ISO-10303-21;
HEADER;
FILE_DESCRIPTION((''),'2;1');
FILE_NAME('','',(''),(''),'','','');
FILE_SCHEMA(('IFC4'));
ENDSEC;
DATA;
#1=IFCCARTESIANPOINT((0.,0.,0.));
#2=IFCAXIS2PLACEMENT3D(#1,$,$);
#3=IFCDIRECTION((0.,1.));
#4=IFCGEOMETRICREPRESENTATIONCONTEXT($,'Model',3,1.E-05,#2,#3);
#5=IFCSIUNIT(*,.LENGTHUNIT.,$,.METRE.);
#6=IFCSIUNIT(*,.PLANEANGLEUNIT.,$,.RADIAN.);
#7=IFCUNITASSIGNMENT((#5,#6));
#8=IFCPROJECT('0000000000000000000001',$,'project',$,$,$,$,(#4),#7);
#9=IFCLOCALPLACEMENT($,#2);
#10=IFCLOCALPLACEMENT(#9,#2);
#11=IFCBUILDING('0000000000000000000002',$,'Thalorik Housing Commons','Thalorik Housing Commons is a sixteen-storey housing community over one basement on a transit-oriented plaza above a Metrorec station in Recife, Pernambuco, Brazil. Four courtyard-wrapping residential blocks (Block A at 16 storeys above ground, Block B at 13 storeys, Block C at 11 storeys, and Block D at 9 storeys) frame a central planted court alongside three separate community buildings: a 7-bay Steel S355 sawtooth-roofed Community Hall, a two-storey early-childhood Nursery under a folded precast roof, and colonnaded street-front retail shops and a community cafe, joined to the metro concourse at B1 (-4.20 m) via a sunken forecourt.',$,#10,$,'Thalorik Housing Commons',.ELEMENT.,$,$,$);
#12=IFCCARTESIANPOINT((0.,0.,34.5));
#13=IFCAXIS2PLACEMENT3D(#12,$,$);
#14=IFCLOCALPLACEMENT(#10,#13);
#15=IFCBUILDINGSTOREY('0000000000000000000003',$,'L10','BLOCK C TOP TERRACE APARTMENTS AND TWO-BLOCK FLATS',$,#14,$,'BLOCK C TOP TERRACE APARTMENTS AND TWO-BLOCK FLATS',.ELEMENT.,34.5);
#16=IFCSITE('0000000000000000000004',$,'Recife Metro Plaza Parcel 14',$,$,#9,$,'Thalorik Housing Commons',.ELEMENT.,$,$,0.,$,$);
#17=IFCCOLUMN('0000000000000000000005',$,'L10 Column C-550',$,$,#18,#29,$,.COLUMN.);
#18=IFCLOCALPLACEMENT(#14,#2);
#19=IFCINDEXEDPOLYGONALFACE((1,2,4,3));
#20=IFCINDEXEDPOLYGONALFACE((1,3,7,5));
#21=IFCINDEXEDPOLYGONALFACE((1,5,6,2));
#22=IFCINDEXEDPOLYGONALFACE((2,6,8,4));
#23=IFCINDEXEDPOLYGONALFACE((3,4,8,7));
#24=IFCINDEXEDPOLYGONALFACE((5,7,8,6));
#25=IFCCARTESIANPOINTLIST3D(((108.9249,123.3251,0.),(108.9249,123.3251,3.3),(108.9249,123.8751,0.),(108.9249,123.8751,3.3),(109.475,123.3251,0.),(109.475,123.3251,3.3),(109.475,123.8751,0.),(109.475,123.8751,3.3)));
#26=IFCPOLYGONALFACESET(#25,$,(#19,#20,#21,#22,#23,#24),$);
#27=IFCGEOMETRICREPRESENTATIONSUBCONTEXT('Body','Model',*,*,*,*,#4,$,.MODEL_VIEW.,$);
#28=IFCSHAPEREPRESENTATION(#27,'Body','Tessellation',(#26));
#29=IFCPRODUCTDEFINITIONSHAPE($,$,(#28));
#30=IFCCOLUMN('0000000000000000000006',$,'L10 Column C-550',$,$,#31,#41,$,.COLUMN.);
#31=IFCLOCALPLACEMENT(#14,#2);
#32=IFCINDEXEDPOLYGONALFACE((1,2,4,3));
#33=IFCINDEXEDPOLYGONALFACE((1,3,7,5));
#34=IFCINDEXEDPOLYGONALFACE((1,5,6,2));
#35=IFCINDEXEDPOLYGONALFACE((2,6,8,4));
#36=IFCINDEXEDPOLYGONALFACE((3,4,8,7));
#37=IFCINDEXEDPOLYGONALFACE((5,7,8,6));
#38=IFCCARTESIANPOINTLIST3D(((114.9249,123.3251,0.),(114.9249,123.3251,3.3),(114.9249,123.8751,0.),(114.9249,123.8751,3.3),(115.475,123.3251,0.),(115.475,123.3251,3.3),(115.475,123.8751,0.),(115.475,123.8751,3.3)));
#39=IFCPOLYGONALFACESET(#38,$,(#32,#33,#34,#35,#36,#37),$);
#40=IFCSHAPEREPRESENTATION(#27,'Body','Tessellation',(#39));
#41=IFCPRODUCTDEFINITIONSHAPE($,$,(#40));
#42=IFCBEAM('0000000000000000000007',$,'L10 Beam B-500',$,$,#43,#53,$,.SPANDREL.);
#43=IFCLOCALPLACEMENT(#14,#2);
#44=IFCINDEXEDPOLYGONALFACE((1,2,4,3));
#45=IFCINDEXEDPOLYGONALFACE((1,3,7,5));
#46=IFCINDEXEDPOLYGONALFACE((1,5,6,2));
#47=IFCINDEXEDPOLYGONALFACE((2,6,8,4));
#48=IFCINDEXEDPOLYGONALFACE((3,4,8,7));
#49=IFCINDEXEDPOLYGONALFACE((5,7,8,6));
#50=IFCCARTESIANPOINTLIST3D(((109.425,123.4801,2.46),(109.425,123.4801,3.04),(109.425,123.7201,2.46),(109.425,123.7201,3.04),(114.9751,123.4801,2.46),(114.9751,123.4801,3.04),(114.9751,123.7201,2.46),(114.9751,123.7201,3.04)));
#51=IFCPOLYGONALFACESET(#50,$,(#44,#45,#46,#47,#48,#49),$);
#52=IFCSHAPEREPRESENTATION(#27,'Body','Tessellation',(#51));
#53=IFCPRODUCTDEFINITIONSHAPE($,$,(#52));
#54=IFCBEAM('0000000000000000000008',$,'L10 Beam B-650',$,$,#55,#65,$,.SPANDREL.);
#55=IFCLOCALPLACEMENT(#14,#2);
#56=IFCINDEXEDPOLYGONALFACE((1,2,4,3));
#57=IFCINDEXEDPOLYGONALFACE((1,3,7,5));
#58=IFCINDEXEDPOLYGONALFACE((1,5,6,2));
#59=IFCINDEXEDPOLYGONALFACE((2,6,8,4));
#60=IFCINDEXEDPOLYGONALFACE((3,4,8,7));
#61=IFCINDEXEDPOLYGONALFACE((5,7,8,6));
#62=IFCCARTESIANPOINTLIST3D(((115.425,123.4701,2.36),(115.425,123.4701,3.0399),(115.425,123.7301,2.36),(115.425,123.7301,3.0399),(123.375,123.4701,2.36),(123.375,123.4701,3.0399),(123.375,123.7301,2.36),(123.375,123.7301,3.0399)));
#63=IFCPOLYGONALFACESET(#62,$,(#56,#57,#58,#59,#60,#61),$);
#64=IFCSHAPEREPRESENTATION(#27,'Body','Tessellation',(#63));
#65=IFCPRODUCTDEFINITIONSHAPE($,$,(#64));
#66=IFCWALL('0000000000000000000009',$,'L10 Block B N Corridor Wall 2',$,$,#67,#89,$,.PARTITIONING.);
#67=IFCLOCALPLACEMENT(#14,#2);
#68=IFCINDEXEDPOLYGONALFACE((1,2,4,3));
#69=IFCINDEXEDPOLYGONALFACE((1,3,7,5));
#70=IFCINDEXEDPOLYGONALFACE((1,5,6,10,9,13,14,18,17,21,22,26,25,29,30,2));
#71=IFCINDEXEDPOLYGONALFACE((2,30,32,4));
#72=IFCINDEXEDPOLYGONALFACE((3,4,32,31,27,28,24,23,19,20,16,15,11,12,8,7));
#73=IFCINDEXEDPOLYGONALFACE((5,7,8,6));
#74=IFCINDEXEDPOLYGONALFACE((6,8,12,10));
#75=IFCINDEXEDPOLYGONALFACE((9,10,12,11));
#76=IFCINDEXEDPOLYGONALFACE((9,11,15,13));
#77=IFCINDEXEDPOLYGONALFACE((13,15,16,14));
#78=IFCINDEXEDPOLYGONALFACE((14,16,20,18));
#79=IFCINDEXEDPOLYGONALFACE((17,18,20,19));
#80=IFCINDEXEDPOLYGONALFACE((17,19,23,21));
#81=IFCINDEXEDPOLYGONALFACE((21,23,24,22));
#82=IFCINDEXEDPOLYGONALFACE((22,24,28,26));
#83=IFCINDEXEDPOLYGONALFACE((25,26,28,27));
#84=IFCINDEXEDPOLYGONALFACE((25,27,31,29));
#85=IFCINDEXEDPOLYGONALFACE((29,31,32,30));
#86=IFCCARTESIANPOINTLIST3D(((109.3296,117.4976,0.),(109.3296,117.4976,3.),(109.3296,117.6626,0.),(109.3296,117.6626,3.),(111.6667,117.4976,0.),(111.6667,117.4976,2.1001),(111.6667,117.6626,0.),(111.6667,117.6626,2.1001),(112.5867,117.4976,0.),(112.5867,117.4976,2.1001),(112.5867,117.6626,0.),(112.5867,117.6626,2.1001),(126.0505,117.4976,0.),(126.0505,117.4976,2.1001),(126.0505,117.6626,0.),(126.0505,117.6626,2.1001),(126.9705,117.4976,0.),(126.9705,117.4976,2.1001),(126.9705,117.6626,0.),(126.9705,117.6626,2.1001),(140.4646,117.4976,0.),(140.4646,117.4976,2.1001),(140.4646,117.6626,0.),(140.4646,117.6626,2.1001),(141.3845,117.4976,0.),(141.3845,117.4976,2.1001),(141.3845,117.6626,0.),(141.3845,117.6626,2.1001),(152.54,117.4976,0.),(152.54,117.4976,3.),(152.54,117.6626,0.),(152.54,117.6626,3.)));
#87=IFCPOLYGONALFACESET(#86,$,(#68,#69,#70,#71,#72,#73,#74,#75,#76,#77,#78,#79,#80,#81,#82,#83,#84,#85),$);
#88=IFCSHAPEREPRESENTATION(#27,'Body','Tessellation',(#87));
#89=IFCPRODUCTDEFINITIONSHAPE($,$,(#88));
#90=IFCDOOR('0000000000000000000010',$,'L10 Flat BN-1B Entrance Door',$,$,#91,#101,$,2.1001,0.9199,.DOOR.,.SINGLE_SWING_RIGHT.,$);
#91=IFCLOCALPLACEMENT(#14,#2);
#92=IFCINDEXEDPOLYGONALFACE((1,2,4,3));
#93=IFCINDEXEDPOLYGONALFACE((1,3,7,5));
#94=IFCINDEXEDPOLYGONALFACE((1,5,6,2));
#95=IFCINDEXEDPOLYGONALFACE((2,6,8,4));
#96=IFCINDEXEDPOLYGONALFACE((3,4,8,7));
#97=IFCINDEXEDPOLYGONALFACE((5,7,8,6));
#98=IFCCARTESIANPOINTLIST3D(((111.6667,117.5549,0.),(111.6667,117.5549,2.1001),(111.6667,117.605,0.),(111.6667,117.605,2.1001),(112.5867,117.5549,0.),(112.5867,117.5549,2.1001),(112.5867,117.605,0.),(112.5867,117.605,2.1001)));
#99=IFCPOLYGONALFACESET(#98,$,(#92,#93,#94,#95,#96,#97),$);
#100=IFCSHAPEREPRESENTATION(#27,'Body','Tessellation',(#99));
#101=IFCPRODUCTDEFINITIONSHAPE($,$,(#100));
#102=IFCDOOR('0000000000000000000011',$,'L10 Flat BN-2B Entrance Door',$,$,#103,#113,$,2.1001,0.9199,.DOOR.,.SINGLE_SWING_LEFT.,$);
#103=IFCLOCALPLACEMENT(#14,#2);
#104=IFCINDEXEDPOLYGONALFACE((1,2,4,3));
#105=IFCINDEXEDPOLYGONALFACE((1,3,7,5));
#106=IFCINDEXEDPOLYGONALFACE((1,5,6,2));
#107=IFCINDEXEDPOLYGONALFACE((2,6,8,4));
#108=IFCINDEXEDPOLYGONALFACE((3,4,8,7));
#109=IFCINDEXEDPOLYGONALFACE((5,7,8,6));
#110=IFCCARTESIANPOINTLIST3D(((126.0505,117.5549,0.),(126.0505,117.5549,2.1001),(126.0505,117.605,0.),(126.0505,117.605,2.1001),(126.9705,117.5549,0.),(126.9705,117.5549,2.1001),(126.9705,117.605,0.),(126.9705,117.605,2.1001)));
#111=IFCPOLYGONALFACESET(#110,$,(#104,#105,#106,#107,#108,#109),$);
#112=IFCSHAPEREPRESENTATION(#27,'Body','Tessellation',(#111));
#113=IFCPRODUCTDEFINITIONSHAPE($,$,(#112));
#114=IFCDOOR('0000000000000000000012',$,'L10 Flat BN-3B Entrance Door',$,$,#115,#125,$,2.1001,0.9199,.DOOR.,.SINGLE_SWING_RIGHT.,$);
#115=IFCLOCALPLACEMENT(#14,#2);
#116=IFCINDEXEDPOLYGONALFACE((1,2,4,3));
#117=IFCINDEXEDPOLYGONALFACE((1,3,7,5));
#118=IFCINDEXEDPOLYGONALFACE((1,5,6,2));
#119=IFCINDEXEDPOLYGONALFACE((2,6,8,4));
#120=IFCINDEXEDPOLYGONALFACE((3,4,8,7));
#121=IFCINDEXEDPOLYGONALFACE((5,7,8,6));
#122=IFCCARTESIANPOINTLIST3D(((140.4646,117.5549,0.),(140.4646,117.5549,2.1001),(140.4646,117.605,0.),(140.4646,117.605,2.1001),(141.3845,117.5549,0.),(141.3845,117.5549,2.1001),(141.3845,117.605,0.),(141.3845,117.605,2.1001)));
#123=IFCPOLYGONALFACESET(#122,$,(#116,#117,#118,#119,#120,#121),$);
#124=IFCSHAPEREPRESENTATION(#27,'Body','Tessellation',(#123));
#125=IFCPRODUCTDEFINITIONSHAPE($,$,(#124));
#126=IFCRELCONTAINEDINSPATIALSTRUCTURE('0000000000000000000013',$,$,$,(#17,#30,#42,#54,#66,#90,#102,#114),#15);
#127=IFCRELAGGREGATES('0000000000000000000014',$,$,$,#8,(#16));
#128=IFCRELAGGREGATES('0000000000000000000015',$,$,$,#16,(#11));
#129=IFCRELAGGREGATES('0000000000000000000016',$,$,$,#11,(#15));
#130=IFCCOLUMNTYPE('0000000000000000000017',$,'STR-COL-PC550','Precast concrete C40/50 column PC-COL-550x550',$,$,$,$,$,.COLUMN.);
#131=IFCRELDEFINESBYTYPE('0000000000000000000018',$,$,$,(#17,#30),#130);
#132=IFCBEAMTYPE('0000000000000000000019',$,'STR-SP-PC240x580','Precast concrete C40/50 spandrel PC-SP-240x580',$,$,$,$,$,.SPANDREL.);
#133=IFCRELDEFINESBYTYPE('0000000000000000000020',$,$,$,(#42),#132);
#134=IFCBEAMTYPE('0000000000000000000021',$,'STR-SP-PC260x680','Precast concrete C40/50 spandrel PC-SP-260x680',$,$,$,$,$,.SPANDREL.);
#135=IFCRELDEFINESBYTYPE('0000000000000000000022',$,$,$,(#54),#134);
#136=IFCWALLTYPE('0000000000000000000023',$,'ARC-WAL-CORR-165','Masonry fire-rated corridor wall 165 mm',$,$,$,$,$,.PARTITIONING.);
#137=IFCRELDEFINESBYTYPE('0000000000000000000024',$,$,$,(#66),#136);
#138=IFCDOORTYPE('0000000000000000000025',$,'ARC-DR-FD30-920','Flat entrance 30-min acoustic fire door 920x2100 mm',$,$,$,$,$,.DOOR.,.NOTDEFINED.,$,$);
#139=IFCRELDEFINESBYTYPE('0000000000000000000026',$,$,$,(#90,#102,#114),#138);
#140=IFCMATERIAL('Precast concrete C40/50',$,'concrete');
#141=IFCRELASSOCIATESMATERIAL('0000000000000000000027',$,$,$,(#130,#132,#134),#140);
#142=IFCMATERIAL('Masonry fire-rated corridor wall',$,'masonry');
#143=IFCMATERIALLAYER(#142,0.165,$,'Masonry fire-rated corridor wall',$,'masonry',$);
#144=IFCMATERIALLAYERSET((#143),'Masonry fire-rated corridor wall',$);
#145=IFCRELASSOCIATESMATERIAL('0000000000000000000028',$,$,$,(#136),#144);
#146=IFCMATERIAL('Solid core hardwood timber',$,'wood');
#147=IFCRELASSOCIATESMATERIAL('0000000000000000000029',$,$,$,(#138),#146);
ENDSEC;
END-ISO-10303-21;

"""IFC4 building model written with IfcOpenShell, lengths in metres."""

from ifc_helpers import new_model, si_unit, direction, frame, frame_2d, origin, origin_2d, place, context, subcontext, project, spatial, rectangle, extrude, material, layer, layer_set, material_profile, profile_set, type_object, element, fill, save


model = new_model("IFC4")

# Units and contexts
model_context = context("Model", 3, precision=1e-05, world=origin(), true_north=direction((0.0, 1.0)))
body_context = subcontext(model_context, "Body", "Model", "MODEL_VIEW")
ifc_project = project(units=[si_unit("LENGTHUNIT", "METRE"), si_unit("PLANEANGLEUNIT", "RADIAN")], contexts=[model_context])

# Site, building, storey
site_placement = place(None, origin())
site = spatial("IfcSite", under=ifc_project, at=site_placement, Name="Recife Metro Plaza Parcel 14", LongName="Thalorik Housing Commons", CompositionType="ELEMENT", RefElevation=0.0)
building_placement = place(site_placement, origin())
building = spatial("IfcBuilding", under=site, at=building_placement, Name="Thalorik Housing Commons", Description="Thalorik Housing Commons is a sixteen-storey housing community over one basement on a transit-oriented plaza above a Metrorec station in Recife, Pernambuco, Brazil. Four courtyard-wrapping residential blocks (Block A at 16 storeys above ground, Block B at 13 storeys, Block C at 11 storeys, and Block D at 9 storeys) frame a central planted court alongside three separate community buildings: a 7-bay Steel S355 sawtooth-roofed Community Hall, a two-storey early-childhood Nursery under a folded precast roof, and colonnaded street-front retail shops and a community cafe, joined to the metro concourse at B1 (-4.20 m) via a sunken forecourt.", LongName="Thalorik Housing Commons", CompositionType="ELEMENT")
storey_placement = place(building_placement, frame((0.0, 0.0, 34.5)))
storey = spatial("IfcBuildingStorey", under=building, at=storey_placement, Name="L10", Description="BLOCK C TOP TERRACE APARTMENTS AND TWO-BLOCK FLATS", LongName="BLOCK C TOP TERRACE APARTMENTS AND TWO-BLOCK FLATS", CompositionType="ELEMENT", Elevation=34.5)

# Columns
ifc_material_1 = material(Name="Precast concrete C40/50", Category="concrete")
ifc_material_profile_1 = material_profile(ifc_material_1, rectangle(XDim=0.55, YDim=0.55, at=origin_2d()), Name="PC 550x550", Category="concrete")
ifc_profile_set_1 = profile_set([ifc_material_profile_1], Name="Precast concrete C40/50")
column_type = type_object("IfcColumnType", Name="STR-COL-PC550", Description="Precast concrete C40/50 column PC-COL-550x550", PredefinedType="COLUMN", material=ifc_profile_set_1)
for number, where, z_axis, x_axis, name in (
    (1, (109.2, 123.6001, 0.0), (0.0, 0.0, 1.0), (1.0, 0.0, 0.0), "L10 Column C-550"),
    (2, (115.2, 123.6001, 0.0), (0.0, 0.0, 1.0), (1.0, 0.0, 0.0), "L10 Column C-550"),
):
    element("IfcColumn", number, at=place(storey_placement, frame(where, z_axis=z_axis, x_axis=x_axis)), inside=storey, type_object=column_type, Name=name, PredefinedType="COLUMN", context=body_context, shape_type="SweptSolid", body=[
        extrude(rectangle(XDim=0.55, YDim=0.55, at=origin_2d()), origin(), (0.0, 0.0, 1.0), 3.3),
    ])

# Beams
ifc_material_profile_2 = material_profile(ifc_material_1, rectangle(XDim=0.24, YDim=0.5801, at=origin_2d()), Name="PC SP 240x580", Category="concrete")
ifc_profile_set_2 = profile_set([ifc_material_profile_2], Name="Precast concrete C40/50")
beam_type_1 = type_object("IfcBeamType", Name="STR-SP-PC240x580", Description="Precast concrete C40/50 spandrel PC-SP-240x580", PredefinedType="SPANDREL", material=ifc_profile_set_2)
beam_1_placement = place(storey_placement, frame((109.425, 123.6001, 2.75), z_axis=(1.0, 0.0, 0.0), x_axis=(0.0, 1.0, 0.0)))
element("IfcBeam", 3, at=beam_1_placement, inside=storey, type_object=beam_type_1, Name="L10 Beam B-500", PredefinedType="SPANDREL", context=body_context, shape_type="SweptSolid", body=[
    extrude(rectangle(XDim=0.24, YDim=0.5801, at=origin_2d()), origin(), (0.0, 0.0, 1.0), 5.55),
])
ifc_material_profile_3 = material_profile(ifc_material_1, rectangle(XDim=0.26, YDim=0.6799, at=origin_2d()), Name="PC SP 260x680", Category="concrete")
ifc_profile_set_3 = profile_set([ifc_material_profile_3], Name="Precast concrete C40/50")
beam_type_2 = type_object("IfcBeamType", Name="STR-SP-PC260x680", Description="Precast concrete C40/50 spandrel PC-SP-260x680", PredefinedType="SPANDREL", material=ifc_profile_set_3)
beam_2_placement = place(storey_placement, frame((115.425, 123.6001, 2.7), z_axis=(1.0, 0.0, 0.0), x_axis=(0.0, 1.0, 0.0)))
element("IfcBeam", 4, at=beam_2_placement, inside=storey, type_object=beam_type_2, Name="L10 Beam B-650", PredefinedType="SPANDREL", context=body_context, shape_type="SweptSolid", body=[
    extrude(rectangle(XDim=0.26, YDim=0.6799, at=origin_2d()), origin(), (0.0, 0.0, 1.0), 7.95),
])

# Wall, openings, doors
ifc_material_2 = material(Name="Masonry fire-rated corridor wall", Category="masonry")
ifc_layer_1 = layer(ifc_material_2, 0.165, Name="Masonry fire-rated corridor wall", Category="masonry")
ifc_layer_set_1 = layer_set([ifc_layer_1], Name="Masonry fire-rated corridor wall")
wall_type_1 = type_object("IfcWallType", Name="ARC-WAL-CORR-165", Description="Masonry fire-rated corridor wall 165 mm", PredefinedType="PARTITIONING", material=ifc_layer_set_1)
wall_1_placement = place(storey_placement, frame((109.3296, 117.5801, 0.0), z_axis=(0.0, 0.0, 1.0), x_axis=(1.0, 0.0, 0.0)))
wall_1 = element("IfcWall", 5, at=wall_1_placement, inside=storey, type_object=wall_type_1, Name="L10 Block B N Corridor Wall 2", PredefinedType="PARTITIONING", context=body_context, shape_type="SweptSolid", body=[
    extrude(rectangle(XDim=43.2104, YDim=0.165, at=frame_2d((21.6052, 0.0))), origin(), (0.0, 0.0, 1.0), 3.0),
])
opening_1_placement = place(wall_1_placement, frame((2.3372, 0.0, 0.0)))
opening_1 = element("IfcOpeningElement", 6, at=opening_1_placement, cuts=wall_1, PredefinedType="OPENING", context=body_context, shape_type="SweptSolid", body=[
    extrude(rectangle(XDim=0.9199, YDim=2.1001, at=frame_2d((0.46, 1.05))), frame((0.0, 0.0925, 0.0), z_axis=(0.0, -1.0, 0.0), x_axis=(1.0, 0.0, 0.0)), (0.0, 0.0, 1.0), 0.1851),
])
opening_2_placement = place(wall_1_placement, frame((16.7209, 0.0, 0.0)))
opening_2 = element("IfcOpeningElement", 7, at=opening_2_placement, cuts=wall_1, PredefinedType="OPENING", context=body_context, shape_type="SweptSolid", body=[
    extrude(rectangle(XDim=0.9199, YDim=2.1001, at=frame_2d((0.46, 1.05))), frame((0.0, 0.0925, 0.0), z_axis=(0.0, -1.0, 0.0), x_axis=(1.0, 0.0, 0.0)), (0.0, 0.0, 1.0), 0.1851),
])
opening_3_placement = place(wall_1_placement, frame((31.135, 0.0, 0.0)))
opening_3 = element("IfcOpeningElement", 8, at=opening_3_placement, cuts=wall_1, PredefinedType="OPENING", context=body_context, shape_type="SweptSolid", body=[
    extrude(rectangle(XDim=0.9199, YDim=2.1001, at=frame_2d((0.46, 1.05))), frame((0.0, 0.0925, 0.0), z_axis=(0.0, -1.0, 0.0), x_axis=(1.0, 0.0, 0.0)), (0.0, 0.0, 1.0), 0.1851),
])
ifc_material_3 = material(Name="Solid core hardwood timber", Category="wood")
door_type_1 = type_object("IfcDoorType", Name="ARC-DR-FD30-920", Description="Flat entrance 30-min acoustic fire door 920x2100 mm", OperationType="NOTDEFINED", PredefinedType="DOOR", material=ifc_material_3)
door_1_placement = place(opening_1_placement, origin())
door_1 = element("IfcDoor", 9, at=door_1_placement, inside=storey, type_object=door_type_1, Name="L10 Flat BN-1B Entrance Door", OperationType="SINGLE_SWING_RIGHT", OverallHeight=2.1001, OverallWidth=0.9199, PredefinedType="DOOR", context=body_context, shape_type="SweptSolid", body=[
    extrude(rectangle(XDim=0.9199, YDim=2.1001, at=frame_2d((0.46, 1.05))), frame((0.0, 0.0249, 0.0), z_axis=(0.0, -1.0, 0.0), x_axis=(1.0, 0.0, 0.0)), (0.0, 0.0, 1.0), 0.05),
])
fill(opening_1, door_1)
door_2_placement = place(opening_2_placement, origin())
door_2 = element("IfcDoor", 10, at=door_2_placement, inside=storey, type_object=door_type_1, Name="L10 Flat BN-2B Entrance Door", OperationType="SINGLE_SWING_LEFT", OverallHeight=2.1001, OverallWidth=0.9199, PredefinedType="DOOR", context=body_context, shape_type="SweptSolid", body=[
    extrude(rectangle(XDim=0.9199, YDim=2.1001, at=frame_2d((0.46, 1.05))), frame((0.0, 0.0249, 0.0), z_axis=(0.0, -1.0, 0.0), x_axis=(1.0, 0.0, 0.0)), (0.0, 0.0, 1.0), 0.05),
])
fill(opening_2, door_2)
door_3_placement = place(opening_3_placement, origin())
door_3 = element("IfcDoor", 11, at=door_3_placement, inside=storey, type_object=door_type_1, Name="L10 Flat BN-3B Entrance Door", OperationType="SINGLE_SWING_RIGHT", OverallHeight=2.1001, OverallWidth=0.9199, PredefinedType="DOOR", context=body_context, shape_type="SweptSolid", body=[
    extrude(rectangle(XDim=0.9199, YDim=2.1001, at=frame_2d((0.46, 1.05))), frame((0.0, 0.0249, 0.0), z_axis=(0.0, -1.0, 0.0), x_axis=(1.0, 0.0, 0.0)), (0.0, 0.0, 1.0), 0.05),
])
fill(opening_3, door_3)

save(model, "model.ifc")
